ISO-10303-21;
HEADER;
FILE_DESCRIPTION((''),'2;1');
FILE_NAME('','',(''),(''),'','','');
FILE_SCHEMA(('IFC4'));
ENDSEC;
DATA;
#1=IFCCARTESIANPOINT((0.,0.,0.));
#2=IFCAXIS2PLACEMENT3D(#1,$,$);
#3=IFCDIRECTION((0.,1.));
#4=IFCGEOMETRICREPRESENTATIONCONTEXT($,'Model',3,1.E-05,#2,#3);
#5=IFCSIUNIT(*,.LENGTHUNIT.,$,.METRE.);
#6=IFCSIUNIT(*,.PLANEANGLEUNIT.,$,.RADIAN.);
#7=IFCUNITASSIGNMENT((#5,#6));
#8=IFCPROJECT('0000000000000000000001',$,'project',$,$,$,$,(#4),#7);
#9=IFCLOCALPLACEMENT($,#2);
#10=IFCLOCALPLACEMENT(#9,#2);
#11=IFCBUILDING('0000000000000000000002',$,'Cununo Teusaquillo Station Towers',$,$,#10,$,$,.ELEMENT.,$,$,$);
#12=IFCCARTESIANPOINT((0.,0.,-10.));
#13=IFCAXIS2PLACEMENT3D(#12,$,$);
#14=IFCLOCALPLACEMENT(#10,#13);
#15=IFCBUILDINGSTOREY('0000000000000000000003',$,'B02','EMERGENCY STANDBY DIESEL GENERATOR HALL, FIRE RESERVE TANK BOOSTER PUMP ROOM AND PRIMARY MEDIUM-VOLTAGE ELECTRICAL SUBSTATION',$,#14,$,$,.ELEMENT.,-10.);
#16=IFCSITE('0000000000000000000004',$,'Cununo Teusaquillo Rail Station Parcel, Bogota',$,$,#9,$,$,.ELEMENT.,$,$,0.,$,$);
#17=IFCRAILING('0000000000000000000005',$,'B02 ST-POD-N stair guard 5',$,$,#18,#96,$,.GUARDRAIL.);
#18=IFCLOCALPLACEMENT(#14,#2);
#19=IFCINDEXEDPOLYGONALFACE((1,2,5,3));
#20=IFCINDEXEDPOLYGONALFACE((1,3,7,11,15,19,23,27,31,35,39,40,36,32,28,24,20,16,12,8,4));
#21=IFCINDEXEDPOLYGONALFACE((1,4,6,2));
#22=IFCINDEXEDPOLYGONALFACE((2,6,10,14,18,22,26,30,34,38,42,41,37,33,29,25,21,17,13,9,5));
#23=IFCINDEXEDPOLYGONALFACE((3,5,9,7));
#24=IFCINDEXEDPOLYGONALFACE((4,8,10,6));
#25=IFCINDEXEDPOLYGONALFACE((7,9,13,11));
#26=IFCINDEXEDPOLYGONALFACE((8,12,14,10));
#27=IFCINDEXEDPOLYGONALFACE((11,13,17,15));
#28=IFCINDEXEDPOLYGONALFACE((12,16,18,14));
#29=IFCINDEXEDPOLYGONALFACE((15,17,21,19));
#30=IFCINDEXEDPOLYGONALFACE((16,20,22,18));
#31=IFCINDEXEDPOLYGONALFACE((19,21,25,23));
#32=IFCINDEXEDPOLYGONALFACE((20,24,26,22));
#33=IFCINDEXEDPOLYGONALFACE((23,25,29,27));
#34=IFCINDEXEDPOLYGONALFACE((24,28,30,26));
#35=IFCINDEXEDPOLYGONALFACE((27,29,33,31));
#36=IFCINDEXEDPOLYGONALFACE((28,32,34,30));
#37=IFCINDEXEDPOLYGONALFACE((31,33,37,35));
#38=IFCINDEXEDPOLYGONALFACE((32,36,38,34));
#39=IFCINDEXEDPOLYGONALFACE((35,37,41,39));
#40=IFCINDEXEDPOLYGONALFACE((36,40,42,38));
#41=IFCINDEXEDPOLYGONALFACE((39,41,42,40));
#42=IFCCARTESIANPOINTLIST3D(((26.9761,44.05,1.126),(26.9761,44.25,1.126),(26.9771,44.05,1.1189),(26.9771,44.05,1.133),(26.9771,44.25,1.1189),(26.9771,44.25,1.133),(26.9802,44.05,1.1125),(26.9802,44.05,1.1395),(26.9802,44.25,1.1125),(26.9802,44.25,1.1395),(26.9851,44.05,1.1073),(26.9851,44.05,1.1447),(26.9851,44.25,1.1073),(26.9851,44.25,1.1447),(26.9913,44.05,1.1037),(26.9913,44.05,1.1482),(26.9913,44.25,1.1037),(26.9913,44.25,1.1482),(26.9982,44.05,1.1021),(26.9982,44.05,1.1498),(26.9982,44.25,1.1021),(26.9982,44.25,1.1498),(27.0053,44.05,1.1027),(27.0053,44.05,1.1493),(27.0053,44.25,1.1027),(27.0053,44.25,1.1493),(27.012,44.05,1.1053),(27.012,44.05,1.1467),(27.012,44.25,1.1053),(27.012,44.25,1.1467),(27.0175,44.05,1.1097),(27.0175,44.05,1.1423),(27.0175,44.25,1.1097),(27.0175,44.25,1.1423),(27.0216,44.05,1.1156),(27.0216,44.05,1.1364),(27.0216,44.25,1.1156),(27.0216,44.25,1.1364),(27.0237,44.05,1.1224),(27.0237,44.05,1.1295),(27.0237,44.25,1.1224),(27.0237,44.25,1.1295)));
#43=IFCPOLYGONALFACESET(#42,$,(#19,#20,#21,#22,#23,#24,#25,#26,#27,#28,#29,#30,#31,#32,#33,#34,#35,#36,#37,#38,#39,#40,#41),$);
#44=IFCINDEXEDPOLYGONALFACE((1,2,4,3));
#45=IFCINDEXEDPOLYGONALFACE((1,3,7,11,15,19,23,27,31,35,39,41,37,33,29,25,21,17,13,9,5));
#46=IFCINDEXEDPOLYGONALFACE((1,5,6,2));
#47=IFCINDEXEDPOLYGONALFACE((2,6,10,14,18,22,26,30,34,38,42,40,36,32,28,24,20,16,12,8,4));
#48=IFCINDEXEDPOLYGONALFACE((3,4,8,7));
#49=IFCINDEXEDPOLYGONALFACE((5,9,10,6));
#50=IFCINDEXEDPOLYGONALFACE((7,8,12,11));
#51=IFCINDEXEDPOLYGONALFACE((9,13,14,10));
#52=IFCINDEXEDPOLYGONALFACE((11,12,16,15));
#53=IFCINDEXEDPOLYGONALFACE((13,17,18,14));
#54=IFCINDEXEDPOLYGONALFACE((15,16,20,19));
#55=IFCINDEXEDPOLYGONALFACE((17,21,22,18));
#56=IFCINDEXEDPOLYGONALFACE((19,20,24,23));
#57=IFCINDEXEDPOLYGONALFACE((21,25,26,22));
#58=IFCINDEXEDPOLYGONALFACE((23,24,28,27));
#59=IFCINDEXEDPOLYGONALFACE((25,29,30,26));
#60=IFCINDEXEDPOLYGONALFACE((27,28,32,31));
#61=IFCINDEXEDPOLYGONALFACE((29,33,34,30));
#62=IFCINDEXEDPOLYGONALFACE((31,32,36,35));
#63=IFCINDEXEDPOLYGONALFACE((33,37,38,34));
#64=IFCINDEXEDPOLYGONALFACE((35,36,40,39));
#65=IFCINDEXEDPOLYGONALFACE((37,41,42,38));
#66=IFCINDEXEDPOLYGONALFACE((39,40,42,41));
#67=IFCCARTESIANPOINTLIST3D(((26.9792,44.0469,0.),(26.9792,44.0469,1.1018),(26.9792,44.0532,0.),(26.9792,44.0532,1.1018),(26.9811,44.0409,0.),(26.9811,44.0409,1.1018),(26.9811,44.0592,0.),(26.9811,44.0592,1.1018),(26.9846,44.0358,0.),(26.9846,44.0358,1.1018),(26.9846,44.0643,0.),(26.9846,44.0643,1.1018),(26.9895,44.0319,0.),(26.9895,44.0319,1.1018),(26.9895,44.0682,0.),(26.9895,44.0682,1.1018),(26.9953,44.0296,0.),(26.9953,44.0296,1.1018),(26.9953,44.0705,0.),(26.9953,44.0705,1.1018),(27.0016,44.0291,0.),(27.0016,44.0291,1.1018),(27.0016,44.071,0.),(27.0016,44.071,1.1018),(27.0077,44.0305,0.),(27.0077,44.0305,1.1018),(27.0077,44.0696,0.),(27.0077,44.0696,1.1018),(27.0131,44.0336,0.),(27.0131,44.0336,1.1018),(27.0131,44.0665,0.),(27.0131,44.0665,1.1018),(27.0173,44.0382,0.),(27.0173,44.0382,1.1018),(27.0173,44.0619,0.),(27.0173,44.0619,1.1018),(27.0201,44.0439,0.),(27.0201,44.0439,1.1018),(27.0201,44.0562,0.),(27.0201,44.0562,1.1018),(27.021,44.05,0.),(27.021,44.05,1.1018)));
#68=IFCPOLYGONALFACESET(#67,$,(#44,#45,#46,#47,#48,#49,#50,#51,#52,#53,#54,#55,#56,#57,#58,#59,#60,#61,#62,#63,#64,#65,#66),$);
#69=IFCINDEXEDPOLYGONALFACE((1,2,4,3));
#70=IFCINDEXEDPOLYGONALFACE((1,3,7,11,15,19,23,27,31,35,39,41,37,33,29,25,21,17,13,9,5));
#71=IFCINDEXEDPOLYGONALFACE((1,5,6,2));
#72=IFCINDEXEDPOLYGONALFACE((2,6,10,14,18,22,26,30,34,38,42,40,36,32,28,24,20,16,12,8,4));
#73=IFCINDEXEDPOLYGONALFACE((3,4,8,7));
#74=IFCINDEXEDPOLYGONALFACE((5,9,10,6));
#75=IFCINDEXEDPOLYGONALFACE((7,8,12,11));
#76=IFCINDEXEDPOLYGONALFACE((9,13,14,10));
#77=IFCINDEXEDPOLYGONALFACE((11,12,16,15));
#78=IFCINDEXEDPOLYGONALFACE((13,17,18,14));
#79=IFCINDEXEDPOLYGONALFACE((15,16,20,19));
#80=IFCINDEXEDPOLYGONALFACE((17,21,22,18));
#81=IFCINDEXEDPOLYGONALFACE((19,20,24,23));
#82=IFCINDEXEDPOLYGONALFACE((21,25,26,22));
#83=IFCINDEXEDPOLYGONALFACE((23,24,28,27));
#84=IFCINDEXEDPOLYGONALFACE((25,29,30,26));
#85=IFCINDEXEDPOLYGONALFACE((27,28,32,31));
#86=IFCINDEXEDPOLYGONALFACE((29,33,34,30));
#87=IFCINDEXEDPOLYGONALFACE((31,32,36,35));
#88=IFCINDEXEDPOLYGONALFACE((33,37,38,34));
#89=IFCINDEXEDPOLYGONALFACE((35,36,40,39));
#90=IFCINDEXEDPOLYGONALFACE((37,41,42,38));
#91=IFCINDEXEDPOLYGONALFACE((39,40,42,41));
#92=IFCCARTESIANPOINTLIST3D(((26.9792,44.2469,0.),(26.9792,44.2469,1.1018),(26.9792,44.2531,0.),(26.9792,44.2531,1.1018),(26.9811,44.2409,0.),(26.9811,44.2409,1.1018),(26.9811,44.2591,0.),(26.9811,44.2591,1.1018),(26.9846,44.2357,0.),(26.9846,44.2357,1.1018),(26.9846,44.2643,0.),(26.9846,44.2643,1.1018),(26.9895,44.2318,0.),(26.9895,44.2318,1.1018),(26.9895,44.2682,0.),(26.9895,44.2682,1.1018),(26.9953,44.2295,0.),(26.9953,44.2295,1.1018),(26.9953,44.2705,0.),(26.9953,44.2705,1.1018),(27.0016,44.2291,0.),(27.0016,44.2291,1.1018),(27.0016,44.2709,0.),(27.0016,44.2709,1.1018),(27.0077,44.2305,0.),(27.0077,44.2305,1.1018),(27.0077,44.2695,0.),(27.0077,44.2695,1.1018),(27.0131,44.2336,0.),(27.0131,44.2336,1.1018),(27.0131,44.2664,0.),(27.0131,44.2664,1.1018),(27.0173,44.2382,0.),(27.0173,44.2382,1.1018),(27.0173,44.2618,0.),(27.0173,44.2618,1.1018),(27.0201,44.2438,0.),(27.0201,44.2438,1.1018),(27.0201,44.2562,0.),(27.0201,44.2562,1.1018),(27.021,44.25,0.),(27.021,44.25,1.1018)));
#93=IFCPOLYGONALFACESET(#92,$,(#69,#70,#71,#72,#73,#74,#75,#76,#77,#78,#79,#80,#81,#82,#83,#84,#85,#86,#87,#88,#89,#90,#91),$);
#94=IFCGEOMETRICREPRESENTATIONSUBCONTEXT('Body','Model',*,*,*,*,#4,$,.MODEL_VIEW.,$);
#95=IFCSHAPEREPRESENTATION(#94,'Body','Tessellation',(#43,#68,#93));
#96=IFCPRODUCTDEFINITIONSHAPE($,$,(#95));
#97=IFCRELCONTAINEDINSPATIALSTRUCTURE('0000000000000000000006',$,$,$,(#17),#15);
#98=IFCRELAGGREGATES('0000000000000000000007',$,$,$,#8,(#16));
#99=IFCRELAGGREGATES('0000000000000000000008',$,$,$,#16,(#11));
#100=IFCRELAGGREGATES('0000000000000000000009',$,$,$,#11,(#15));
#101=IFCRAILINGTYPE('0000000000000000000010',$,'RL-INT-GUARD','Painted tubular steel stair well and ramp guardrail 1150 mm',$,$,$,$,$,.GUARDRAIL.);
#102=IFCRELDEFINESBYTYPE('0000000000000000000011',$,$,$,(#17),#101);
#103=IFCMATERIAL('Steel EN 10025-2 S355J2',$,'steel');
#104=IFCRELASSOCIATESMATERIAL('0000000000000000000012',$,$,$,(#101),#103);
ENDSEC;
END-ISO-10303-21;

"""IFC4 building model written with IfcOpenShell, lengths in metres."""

from ifc_helpers import new_model, si_unit, direction, frame, origin, origin_2d, place, context, subcontext, project, spatial, circle, extrude, material, type_object, element, save


model = new_model("IFC4")

# Units and contexts
model_context = context("Model", 3, precision=1e-05, world=origin(), true_north=direction((0.0, 1.0)))
body_context = subcontext(model_context, "Body", "Model", "MODEL_VIEW")
ifc_project = project(units=[si_unit("LENGTHUNIT", "METRE"), si_unit("PLANEANGLEUNIT", "RADIAN")], contexts=[model_context])

# Site, building, storey
site_placement = place(None, origin())
site = spatial("IfcSite", under=ifc_project, at=site_placement, Name="Cununo Teusaquillo Rail Station Parcel, Bogota", CompositionType="ELEMENT", RefElevation=0.0)
building_placement = place(site_placement, origin())
building = spatial("IfcBuilding", under=site, at=building_placement, Name="Cununo Teusaquillo Station Towers", CompositionType="ELEMENT")
storey_placement = place(building_placement, frame((0.0, 0.0, -10.0)))
storey = spatial("IfcBuildingStorey", under=building, at=storey_placement, Name="B02", Description="EMERGENCY STANDBY DIESEL GENERATOR HALL, FIRE RESERVE TANK BOOSTER PUMP ROOM AND PRIMARY MEDIUM-VOLTAGE ELECTRICAL SUBSTATION", CompositionType="ELEMENT", Elevation=-10.0)

# Railing
ifc_material_1 = material(Name="Steel EN 10025-2 S355J2", Category="steel")
railing_type_1 = type_object("IfcRailingType", Name="RL-INT-GUARD", Description="Painted tubular steel stair well and ramp guardrail 1150 mm", PredefinedType="GUARDRAIL", material=ifc_material_1)
railing_1_placement = place(storey_placement, frame((27.0, 44.05, 0.0)))
element("IfcRailing", 1, at=railing_1_placement, inside=storey, type_object=railing_type_1, Name="B02 ST-POD-N stair guard 5", PredefinedType="GUARDRAIL", context=body_context, shape_type="SweptSolid", body=[
    extrude(circle(Radius=0.0239, at=origin_2d()), frame((0.0, 0.0, 1.126), z_axis=(0.0, 1.0, 0.0), x_axis=(-1.0, 0.0, 0.0)), (0.0, 0.0, 1.0), 0.2),
    extrude(circle(Radius=0.021, at=origin_2d()), origin(), (0.0, 0.0, 1.0), 1.1018),
    extrude(circle(Radius=0.021, at=origin_2d()), frame((0.0, 0.2, 0.0)), (0.0, 0.0, 1.0), 1.1018),
])

save(model, "model.ifc")
